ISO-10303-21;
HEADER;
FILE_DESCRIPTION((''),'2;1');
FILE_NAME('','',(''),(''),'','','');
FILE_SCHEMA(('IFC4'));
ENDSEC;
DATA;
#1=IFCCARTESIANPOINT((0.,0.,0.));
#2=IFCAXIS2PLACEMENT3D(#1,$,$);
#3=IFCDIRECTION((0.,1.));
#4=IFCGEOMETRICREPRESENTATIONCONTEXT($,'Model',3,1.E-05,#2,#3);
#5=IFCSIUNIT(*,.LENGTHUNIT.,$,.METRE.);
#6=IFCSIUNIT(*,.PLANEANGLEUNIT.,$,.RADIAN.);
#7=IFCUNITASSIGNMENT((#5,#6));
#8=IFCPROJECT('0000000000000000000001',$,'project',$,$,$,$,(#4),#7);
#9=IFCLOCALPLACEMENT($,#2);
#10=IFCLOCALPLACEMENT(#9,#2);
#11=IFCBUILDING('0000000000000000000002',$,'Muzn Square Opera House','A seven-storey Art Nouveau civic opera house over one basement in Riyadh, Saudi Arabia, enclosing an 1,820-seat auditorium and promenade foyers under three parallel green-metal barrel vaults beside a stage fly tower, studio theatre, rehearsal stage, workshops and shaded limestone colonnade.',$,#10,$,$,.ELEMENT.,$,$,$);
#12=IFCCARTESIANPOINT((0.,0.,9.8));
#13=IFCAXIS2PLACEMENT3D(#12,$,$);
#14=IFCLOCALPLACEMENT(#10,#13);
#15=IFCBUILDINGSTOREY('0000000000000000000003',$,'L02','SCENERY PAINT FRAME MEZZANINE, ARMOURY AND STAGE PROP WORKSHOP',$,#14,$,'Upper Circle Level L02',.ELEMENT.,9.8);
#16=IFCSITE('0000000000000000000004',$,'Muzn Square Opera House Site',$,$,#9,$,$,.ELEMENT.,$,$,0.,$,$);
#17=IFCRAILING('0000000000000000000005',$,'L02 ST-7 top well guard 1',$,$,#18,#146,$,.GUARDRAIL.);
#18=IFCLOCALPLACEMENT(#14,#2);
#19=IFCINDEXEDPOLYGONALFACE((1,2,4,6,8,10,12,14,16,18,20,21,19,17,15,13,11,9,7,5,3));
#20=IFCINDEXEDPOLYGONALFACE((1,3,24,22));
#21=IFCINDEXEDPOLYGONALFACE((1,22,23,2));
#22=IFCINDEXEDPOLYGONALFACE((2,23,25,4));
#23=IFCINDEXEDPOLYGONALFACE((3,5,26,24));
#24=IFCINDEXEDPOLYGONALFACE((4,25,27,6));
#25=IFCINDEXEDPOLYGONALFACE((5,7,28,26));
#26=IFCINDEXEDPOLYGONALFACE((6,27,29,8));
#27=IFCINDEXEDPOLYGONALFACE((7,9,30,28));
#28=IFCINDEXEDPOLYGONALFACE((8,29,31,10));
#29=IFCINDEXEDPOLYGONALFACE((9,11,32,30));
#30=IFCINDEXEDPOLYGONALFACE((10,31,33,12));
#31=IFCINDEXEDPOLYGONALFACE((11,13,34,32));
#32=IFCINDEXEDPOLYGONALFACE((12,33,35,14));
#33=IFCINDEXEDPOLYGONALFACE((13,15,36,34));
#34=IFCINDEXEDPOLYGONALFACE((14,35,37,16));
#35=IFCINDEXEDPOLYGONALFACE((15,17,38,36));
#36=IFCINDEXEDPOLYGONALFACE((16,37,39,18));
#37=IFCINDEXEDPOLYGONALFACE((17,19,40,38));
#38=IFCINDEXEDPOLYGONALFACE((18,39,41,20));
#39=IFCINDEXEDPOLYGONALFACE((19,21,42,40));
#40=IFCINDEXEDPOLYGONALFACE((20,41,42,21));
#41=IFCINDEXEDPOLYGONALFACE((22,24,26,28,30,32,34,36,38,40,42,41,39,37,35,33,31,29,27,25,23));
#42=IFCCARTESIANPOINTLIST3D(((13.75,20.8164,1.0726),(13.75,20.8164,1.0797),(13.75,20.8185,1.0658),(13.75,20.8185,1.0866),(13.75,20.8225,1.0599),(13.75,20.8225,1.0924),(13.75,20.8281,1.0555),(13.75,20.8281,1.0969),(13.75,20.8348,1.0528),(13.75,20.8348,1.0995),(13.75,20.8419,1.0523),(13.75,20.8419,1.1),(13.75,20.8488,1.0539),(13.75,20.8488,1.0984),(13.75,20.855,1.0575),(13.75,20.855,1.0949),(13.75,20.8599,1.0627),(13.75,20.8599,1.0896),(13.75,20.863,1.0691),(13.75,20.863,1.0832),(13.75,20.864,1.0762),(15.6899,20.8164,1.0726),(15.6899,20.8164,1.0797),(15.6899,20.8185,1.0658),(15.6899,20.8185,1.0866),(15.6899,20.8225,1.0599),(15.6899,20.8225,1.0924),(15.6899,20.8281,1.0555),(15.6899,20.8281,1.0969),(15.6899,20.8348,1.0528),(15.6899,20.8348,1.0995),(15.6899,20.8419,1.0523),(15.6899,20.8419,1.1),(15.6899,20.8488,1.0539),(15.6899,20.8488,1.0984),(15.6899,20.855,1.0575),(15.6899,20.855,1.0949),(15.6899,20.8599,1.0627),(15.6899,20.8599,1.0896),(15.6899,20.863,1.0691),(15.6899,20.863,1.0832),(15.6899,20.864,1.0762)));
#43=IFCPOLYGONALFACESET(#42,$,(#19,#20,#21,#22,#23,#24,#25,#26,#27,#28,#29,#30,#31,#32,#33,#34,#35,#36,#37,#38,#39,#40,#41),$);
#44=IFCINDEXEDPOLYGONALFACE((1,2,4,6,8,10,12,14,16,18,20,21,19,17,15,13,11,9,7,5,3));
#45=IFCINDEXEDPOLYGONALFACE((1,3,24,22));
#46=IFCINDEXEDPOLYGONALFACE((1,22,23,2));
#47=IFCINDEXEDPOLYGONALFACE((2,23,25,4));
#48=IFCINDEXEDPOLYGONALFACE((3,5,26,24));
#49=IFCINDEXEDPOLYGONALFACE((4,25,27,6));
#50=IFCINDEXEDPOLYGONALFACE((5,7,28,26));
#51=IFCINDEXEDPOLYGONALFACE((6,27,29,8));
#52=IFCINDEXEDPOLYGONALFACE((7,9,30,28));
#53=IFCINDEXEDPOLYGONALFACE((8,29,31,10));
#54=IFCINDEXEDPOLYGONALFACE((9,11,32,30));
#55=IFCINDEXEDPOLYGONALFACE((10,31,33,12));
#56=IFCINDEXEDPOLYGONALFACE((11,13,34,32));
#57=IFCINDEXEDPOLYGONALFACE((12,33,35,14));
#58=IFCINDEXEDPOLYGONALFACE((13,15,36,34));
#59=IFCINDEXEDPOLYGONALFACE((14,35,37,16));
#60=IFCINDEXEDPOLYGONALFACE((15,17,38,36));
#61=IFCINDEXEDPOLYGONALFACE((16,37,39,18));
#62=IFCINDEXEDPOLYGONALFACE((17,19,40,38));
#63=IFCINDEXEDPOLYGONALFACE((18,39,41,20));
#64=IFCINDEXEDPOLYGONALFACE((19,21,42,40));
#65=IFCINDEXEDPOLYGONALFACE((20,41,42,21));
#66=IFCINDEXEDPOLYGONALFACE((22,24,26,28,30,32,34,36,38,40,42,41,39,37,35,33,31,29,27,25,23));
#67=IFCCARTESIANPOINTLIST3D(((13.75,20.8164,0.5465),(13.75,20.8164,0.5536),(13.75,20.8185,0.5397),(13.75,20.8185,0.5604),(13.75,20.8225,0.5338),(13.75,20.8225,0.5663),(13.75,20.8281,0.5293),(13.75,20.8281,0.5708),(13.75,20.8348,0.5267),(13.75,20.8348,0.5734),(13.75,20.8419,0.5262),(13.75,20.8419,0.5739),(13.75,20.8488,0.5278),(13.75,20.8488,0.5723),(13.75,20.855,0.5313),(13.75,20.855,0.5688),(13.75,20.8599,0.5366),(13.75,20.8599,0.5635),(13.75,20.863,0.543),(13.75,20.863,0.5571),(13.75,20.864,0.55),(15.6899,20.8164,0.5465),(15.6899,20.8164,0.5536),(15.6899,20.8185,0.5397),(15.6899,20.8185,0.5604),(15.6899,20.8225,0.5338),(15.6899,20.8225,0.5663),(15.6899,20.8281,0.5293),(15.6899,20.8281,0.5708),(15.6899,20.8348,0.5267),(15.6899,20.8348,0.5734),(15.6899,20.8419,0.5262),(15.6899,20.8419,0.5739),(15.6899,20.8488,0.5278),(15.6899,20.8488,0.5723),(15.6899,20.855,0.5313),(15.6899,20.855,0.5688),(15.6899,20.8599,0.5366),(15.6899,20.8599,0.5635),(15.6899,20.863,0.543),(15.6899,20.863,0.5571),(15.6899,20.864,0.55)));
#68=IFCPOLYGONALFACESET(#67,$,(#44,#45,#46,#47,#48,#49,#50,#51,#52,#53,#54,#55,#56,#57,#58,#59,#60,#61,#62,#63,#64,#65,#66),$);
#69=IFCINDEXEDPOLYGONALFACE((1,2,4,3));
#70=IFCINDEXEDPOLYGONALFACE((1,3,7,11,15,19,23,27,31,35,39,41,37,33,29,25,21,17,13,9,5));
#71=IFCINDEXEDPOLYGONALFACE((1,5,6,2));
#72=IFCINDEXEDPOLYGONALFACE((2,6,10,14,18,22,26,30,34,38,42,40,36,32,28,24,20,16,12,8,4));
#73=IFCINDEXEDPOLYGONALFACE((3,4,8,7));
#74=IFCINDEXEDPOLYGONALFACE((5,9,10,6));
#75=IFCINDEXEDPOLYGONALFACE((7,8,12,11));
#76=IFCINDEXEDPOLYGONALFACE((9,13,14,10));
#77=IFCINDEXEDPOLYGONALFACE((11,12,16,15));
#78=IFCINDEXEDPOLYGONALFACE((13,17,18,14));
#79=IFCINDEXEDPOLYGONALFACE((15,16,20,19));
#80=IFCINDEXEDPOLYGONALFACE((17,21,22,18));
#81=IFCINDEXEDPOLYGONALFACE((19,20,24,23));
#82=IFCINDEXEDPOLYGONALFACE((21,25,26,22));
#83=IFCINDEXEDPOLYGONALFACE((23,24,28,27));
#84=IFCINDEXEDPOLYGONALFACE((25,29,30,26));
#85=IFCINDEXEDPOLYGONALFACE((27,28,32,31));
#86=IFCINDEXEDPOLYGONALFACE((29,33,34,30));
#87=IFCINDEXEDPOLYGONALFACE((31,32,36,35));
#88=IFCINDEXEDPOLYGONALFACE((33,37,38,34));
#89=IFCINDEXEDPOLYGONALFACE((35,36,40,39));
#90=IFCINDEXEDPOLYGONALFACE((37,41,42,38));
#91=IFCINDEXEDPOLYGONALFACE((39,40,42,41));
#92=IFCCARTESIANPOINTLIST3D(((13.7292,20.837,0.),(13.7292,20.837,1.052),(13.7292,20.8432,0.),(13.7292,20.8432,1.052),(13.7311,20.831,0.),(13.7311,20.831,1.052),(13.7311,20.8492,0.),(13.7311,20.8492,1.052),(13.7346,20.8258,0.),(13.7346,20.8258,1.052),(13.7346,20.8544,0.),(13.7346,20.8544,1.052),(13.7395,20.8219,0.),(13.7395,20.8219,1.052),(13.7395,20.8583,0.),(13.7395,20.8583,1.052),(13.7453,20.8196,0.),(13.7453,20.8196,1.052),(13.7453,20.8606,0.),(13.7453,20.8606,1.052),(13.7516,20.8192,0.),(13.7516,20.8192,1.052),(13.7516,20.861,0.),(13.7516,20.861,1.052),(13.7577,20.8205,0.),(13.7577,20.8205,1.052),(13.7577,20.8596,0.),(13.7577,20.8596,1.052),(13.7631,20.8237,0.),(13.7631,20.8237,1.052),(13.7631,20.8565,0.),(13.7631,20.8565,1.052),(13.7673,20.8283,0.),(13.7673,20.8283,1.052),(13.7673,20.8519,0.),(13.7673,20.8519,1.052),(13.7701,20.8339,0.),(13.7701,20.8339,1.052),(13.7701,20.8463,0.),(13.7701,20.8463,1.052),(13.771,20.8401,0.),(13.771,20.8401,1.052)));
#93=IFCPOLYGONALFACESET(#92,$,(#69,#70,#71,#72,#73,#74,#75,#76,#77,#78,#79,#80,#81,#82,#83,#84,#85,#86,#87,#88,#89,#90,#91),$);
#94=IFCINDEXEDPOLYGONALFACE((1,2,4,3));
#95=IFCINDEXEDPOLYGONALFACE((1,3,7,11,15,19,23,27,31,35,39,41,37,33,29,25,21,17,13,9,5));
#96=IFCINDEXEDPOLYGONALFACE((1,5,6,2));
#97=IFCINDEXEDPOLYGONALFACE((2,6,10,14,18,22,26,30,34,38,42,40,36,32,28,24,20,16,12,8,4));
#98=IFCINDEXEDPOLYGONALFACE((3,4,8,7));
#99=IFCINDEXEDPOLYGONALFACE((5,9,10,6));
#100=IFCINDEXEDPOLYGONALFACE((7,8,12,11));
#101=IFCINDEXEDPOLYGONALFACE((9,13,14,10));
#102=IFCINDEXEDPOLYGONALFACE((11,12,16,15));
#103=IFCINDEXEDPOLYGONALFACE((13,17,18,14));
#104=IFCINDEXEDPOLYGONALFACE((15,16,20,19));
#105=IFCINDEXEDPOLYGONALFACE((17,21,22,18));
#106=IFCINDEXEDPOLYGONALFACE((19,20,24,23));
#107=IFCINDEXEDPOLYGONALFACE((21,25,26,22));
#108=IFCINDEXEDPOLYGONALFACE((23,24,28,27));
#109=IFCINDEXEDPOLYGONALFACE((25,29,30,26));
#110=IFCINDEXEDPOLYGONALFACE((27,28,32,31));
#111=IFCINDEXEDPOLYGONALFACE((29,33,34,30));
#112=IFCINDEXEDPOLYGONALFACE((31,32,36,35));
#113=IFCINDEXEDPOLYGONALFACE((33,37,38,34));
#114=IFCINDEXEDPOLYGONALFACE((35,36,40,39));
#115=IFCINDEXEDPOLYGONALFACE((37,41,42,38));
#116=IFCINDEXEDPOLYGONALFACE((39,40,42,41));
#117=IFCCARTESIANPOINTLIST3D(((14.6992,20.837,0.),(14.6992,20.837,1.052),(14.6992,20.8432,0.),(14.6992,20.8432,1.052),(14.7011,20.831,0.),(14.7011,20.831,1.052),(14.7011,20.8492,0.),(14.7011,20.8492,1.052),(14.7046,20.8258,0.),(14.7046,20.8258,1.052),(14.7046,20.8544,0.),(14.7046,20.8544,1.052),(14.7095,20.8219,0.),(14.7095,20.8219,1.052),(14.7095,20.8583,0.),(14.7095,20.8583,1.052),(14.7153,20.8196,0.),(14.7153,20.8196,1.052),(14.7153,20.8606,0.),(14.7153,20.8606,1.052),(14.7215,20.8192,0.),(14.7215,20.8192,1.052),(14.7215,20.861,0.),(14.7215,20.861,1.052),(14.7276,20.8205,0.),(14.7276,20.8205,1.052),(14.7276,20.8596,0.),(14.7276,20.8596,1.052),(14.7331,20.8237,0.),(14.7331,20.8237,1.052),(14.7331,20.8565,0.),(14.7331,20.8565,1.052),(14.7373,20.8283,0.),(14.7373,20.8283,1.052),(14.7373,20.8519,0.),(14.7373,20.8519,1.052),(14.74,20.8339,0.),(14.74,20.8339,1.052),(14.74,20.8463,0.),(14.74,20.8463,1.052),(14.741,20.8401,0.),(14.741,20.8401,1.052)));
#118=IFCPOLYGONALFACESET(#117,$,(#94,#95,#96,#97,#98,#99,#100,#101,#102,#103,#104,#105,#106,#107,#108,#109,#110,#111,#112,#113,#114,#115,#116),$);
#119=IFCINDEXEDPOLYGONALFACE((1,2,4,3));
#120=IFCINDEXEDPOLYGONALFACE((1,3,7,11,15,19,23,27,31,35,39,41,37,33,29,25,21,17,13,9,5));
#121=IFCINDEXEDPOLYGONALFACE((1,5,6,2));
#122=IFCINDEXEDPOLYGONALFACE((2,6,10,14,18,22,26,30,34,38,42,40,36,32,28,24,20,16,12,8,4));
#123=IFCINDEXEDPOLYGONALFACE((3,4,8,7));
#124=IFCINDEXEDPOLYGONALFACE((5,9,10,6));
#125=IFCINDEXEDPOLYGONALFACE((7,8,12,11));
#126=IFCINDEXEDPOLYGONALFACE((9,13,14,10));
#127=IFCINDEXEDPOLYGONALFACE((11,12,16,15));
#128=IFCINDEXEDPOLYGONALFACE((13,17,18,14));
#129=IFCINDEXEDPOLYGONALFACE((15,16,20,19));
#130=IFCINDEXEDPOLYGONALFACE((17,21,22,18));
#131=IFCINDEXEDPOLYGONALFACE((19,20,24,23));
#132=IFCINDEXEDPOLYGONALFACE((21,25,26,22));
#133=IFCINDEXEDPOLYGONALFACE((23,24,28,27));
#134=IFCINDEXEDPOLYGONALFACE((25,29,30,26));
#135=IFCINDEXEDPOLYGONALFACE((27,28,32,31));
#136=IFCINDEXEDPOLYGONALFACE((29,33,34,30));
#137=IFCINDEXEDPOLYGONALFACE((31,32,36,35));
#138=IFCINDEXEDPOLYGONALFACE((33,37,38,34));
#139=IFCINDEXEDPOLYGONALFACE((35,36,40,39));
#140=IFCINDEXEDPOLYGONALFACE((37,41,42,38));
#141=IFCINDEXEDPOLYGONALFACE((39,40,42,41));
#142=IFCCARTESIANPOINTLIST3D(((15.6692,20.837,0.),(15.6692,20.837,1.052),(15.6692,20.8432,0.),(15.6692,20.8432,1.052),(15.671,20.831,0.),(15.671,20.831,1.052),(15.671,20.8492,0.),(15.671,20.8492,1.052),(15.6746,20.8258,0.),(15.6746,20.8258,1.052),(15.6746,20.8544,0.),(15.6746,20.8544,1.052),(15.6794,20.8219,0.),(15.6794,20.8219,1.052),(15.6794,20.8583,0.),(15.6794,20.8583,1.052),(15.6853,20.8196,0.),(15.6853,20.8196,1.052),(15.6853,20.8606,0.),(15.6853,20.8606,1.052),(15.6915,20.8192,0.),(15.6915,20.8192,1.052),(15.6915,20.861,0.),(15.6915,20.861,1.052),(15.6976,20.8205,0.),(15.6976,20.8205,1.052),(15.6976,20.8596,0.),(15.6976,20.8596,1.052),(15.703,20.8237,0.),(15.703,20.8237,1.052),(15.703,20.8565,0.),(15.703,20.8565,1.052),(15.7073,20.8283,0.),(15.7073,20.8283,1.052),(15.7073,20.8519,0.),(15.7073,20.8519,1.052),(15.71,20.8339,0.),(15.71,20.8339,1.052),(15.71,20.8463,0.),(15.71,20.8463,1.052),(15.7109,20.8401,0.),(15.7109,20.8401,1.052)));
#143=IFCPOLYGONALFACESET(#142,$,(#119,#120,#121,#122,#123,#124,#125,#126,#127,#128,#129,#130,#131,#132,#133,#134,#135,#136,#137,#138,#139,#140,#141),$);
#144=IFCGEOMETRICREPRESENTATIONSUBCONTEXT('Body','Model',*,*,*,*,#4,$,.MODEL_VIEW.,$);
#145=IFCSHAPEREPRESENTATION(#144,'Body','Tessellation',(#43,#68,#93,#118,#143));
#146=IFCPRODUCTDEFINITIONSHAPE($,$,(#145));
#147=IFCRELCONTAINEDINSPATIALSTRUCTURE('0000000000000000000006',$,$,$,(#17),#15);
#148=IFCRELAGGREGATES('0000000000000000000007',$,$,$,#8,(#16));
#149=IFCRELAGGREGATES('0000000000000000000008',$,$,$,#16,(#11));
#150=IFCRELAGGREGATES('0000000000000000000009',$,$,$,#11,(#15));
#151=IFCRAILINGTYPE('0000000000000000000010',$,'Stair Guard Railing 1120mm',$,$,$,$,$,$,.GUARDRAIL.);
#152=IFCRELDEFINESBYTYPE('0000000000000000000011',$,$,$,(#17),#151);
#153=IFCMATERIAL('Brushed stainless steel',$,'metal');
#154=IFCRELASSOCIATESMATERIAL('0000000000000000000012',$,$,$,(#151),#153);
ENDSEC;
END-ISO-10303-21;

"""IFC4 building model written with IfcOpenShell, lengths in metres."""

from ifc_helpers import new_model, si_unit, direction, frame, origin, origin_2d, place, context, subcontext, project, spatial, circle, extrude, material, type_object, element, save


model = new_model("IFC4")

# Units and contexts
model_context = context("Model", 3, precision=1e-05, world=origin(), true_north=direction((0.0, 1.0)))
body_context = subcontext(model_context, "Body", "Model", "MODEL_VIEW")
ifc_project = project(units=[si_unit("LENGTHUNIT", "METRE"), si_unit("PLANEANGLEUNIT", "RADIAN")], contexts=[model_context])

# Site, building, storey
site_placement = place(None, origin())
site = spatial("IfcSite", under=ifc_project, at=site_placement, Name="Muzn Square Opera House Site", CompositionType="ELEMENT", RefElevation=0.0)
building_placement = place(site_placement, origin())
building = spatial("IfcBuilding", under=site, at=building_placement, Name="Muzn Square Opera House", Description="A seven-storey Art Nouveau civic opera house over one basement in Riyadh, Saudi Arabia, enclosing an 1,820-seat auditorium and promenade foyers under three parallel green-metal barrel vaults beside a stage fly tower, studio theatre, rehearsal stage, workshops and shaded limestone colonnade.", CompositionType="ELEMENT")
storey_placement = place(building_placement, frame((0.0, 0.0, 9.8)))
storey = spatial("IfcBuildingStorey", under=building, at=storey_placement, Name="L02", Description="SCENERY PAINT FRAME MEZZANINE, ARMOURY AND STAGE PROP WORKSHOP", LongName="Upper Circle Level L02", CompositionType="ELEMENT", Elevation=9.8)

# Railing
ifc_material_1 = material(Name="Brushed stainless steel", Category="metal")
railing_type = type_object("IfcRailingType", Name="Stair Guard Railing 1120mm", PredefinedType="GUARDRAIL", material=ifc_material_1)
railing_placement = place(storey_placement, frame((13.75, 20.8401, 0.0)))
element("IfcRailing", 1, at=railing_placement, inside=storey, type_object=railing_type, Name="L02 ST-7 top well guard 1", PredefinedType="GUARDRAIL", context=body_context, shape_type="SweptSolid", body=[
    extrude(circle(Radius=0.0239, at=origin_2d()), frame((0.0, 0.0, 1.0762), z_axis=(1.0, 0.0, 0.0), x_axis=(0.0, 1.0, 0.0)), (0.0, 0.0, 1.0), 1.9399),
    extrude(circle(Radius=0.0239, at=origin_2d()), frame((0.0, 0.0, 0.55), z_axis=(1.0, 0.0, 0.0), x_axis=(0.0, 1.0, 0.0)), (0.0, 0.0, 1.0), 1.9399),
    extrude(circle(Radius=0.021, at=origin_2d()), origin(), (0.0, 0.0, 1.0), 1.052),
    extrude(circle(Radius=0.021, at=origin_2d()), frame((0.97, 0.0, 0.0)), (0.0, 0.0, 1.0), 1.052),
    extrude(circle(Radius=0.021, at=origin_2d()), frame((1.9399, 0.0, 0.0)), (0.0, 0.0, 1.0), 1.052),
])

save(model, "model.ifc")
